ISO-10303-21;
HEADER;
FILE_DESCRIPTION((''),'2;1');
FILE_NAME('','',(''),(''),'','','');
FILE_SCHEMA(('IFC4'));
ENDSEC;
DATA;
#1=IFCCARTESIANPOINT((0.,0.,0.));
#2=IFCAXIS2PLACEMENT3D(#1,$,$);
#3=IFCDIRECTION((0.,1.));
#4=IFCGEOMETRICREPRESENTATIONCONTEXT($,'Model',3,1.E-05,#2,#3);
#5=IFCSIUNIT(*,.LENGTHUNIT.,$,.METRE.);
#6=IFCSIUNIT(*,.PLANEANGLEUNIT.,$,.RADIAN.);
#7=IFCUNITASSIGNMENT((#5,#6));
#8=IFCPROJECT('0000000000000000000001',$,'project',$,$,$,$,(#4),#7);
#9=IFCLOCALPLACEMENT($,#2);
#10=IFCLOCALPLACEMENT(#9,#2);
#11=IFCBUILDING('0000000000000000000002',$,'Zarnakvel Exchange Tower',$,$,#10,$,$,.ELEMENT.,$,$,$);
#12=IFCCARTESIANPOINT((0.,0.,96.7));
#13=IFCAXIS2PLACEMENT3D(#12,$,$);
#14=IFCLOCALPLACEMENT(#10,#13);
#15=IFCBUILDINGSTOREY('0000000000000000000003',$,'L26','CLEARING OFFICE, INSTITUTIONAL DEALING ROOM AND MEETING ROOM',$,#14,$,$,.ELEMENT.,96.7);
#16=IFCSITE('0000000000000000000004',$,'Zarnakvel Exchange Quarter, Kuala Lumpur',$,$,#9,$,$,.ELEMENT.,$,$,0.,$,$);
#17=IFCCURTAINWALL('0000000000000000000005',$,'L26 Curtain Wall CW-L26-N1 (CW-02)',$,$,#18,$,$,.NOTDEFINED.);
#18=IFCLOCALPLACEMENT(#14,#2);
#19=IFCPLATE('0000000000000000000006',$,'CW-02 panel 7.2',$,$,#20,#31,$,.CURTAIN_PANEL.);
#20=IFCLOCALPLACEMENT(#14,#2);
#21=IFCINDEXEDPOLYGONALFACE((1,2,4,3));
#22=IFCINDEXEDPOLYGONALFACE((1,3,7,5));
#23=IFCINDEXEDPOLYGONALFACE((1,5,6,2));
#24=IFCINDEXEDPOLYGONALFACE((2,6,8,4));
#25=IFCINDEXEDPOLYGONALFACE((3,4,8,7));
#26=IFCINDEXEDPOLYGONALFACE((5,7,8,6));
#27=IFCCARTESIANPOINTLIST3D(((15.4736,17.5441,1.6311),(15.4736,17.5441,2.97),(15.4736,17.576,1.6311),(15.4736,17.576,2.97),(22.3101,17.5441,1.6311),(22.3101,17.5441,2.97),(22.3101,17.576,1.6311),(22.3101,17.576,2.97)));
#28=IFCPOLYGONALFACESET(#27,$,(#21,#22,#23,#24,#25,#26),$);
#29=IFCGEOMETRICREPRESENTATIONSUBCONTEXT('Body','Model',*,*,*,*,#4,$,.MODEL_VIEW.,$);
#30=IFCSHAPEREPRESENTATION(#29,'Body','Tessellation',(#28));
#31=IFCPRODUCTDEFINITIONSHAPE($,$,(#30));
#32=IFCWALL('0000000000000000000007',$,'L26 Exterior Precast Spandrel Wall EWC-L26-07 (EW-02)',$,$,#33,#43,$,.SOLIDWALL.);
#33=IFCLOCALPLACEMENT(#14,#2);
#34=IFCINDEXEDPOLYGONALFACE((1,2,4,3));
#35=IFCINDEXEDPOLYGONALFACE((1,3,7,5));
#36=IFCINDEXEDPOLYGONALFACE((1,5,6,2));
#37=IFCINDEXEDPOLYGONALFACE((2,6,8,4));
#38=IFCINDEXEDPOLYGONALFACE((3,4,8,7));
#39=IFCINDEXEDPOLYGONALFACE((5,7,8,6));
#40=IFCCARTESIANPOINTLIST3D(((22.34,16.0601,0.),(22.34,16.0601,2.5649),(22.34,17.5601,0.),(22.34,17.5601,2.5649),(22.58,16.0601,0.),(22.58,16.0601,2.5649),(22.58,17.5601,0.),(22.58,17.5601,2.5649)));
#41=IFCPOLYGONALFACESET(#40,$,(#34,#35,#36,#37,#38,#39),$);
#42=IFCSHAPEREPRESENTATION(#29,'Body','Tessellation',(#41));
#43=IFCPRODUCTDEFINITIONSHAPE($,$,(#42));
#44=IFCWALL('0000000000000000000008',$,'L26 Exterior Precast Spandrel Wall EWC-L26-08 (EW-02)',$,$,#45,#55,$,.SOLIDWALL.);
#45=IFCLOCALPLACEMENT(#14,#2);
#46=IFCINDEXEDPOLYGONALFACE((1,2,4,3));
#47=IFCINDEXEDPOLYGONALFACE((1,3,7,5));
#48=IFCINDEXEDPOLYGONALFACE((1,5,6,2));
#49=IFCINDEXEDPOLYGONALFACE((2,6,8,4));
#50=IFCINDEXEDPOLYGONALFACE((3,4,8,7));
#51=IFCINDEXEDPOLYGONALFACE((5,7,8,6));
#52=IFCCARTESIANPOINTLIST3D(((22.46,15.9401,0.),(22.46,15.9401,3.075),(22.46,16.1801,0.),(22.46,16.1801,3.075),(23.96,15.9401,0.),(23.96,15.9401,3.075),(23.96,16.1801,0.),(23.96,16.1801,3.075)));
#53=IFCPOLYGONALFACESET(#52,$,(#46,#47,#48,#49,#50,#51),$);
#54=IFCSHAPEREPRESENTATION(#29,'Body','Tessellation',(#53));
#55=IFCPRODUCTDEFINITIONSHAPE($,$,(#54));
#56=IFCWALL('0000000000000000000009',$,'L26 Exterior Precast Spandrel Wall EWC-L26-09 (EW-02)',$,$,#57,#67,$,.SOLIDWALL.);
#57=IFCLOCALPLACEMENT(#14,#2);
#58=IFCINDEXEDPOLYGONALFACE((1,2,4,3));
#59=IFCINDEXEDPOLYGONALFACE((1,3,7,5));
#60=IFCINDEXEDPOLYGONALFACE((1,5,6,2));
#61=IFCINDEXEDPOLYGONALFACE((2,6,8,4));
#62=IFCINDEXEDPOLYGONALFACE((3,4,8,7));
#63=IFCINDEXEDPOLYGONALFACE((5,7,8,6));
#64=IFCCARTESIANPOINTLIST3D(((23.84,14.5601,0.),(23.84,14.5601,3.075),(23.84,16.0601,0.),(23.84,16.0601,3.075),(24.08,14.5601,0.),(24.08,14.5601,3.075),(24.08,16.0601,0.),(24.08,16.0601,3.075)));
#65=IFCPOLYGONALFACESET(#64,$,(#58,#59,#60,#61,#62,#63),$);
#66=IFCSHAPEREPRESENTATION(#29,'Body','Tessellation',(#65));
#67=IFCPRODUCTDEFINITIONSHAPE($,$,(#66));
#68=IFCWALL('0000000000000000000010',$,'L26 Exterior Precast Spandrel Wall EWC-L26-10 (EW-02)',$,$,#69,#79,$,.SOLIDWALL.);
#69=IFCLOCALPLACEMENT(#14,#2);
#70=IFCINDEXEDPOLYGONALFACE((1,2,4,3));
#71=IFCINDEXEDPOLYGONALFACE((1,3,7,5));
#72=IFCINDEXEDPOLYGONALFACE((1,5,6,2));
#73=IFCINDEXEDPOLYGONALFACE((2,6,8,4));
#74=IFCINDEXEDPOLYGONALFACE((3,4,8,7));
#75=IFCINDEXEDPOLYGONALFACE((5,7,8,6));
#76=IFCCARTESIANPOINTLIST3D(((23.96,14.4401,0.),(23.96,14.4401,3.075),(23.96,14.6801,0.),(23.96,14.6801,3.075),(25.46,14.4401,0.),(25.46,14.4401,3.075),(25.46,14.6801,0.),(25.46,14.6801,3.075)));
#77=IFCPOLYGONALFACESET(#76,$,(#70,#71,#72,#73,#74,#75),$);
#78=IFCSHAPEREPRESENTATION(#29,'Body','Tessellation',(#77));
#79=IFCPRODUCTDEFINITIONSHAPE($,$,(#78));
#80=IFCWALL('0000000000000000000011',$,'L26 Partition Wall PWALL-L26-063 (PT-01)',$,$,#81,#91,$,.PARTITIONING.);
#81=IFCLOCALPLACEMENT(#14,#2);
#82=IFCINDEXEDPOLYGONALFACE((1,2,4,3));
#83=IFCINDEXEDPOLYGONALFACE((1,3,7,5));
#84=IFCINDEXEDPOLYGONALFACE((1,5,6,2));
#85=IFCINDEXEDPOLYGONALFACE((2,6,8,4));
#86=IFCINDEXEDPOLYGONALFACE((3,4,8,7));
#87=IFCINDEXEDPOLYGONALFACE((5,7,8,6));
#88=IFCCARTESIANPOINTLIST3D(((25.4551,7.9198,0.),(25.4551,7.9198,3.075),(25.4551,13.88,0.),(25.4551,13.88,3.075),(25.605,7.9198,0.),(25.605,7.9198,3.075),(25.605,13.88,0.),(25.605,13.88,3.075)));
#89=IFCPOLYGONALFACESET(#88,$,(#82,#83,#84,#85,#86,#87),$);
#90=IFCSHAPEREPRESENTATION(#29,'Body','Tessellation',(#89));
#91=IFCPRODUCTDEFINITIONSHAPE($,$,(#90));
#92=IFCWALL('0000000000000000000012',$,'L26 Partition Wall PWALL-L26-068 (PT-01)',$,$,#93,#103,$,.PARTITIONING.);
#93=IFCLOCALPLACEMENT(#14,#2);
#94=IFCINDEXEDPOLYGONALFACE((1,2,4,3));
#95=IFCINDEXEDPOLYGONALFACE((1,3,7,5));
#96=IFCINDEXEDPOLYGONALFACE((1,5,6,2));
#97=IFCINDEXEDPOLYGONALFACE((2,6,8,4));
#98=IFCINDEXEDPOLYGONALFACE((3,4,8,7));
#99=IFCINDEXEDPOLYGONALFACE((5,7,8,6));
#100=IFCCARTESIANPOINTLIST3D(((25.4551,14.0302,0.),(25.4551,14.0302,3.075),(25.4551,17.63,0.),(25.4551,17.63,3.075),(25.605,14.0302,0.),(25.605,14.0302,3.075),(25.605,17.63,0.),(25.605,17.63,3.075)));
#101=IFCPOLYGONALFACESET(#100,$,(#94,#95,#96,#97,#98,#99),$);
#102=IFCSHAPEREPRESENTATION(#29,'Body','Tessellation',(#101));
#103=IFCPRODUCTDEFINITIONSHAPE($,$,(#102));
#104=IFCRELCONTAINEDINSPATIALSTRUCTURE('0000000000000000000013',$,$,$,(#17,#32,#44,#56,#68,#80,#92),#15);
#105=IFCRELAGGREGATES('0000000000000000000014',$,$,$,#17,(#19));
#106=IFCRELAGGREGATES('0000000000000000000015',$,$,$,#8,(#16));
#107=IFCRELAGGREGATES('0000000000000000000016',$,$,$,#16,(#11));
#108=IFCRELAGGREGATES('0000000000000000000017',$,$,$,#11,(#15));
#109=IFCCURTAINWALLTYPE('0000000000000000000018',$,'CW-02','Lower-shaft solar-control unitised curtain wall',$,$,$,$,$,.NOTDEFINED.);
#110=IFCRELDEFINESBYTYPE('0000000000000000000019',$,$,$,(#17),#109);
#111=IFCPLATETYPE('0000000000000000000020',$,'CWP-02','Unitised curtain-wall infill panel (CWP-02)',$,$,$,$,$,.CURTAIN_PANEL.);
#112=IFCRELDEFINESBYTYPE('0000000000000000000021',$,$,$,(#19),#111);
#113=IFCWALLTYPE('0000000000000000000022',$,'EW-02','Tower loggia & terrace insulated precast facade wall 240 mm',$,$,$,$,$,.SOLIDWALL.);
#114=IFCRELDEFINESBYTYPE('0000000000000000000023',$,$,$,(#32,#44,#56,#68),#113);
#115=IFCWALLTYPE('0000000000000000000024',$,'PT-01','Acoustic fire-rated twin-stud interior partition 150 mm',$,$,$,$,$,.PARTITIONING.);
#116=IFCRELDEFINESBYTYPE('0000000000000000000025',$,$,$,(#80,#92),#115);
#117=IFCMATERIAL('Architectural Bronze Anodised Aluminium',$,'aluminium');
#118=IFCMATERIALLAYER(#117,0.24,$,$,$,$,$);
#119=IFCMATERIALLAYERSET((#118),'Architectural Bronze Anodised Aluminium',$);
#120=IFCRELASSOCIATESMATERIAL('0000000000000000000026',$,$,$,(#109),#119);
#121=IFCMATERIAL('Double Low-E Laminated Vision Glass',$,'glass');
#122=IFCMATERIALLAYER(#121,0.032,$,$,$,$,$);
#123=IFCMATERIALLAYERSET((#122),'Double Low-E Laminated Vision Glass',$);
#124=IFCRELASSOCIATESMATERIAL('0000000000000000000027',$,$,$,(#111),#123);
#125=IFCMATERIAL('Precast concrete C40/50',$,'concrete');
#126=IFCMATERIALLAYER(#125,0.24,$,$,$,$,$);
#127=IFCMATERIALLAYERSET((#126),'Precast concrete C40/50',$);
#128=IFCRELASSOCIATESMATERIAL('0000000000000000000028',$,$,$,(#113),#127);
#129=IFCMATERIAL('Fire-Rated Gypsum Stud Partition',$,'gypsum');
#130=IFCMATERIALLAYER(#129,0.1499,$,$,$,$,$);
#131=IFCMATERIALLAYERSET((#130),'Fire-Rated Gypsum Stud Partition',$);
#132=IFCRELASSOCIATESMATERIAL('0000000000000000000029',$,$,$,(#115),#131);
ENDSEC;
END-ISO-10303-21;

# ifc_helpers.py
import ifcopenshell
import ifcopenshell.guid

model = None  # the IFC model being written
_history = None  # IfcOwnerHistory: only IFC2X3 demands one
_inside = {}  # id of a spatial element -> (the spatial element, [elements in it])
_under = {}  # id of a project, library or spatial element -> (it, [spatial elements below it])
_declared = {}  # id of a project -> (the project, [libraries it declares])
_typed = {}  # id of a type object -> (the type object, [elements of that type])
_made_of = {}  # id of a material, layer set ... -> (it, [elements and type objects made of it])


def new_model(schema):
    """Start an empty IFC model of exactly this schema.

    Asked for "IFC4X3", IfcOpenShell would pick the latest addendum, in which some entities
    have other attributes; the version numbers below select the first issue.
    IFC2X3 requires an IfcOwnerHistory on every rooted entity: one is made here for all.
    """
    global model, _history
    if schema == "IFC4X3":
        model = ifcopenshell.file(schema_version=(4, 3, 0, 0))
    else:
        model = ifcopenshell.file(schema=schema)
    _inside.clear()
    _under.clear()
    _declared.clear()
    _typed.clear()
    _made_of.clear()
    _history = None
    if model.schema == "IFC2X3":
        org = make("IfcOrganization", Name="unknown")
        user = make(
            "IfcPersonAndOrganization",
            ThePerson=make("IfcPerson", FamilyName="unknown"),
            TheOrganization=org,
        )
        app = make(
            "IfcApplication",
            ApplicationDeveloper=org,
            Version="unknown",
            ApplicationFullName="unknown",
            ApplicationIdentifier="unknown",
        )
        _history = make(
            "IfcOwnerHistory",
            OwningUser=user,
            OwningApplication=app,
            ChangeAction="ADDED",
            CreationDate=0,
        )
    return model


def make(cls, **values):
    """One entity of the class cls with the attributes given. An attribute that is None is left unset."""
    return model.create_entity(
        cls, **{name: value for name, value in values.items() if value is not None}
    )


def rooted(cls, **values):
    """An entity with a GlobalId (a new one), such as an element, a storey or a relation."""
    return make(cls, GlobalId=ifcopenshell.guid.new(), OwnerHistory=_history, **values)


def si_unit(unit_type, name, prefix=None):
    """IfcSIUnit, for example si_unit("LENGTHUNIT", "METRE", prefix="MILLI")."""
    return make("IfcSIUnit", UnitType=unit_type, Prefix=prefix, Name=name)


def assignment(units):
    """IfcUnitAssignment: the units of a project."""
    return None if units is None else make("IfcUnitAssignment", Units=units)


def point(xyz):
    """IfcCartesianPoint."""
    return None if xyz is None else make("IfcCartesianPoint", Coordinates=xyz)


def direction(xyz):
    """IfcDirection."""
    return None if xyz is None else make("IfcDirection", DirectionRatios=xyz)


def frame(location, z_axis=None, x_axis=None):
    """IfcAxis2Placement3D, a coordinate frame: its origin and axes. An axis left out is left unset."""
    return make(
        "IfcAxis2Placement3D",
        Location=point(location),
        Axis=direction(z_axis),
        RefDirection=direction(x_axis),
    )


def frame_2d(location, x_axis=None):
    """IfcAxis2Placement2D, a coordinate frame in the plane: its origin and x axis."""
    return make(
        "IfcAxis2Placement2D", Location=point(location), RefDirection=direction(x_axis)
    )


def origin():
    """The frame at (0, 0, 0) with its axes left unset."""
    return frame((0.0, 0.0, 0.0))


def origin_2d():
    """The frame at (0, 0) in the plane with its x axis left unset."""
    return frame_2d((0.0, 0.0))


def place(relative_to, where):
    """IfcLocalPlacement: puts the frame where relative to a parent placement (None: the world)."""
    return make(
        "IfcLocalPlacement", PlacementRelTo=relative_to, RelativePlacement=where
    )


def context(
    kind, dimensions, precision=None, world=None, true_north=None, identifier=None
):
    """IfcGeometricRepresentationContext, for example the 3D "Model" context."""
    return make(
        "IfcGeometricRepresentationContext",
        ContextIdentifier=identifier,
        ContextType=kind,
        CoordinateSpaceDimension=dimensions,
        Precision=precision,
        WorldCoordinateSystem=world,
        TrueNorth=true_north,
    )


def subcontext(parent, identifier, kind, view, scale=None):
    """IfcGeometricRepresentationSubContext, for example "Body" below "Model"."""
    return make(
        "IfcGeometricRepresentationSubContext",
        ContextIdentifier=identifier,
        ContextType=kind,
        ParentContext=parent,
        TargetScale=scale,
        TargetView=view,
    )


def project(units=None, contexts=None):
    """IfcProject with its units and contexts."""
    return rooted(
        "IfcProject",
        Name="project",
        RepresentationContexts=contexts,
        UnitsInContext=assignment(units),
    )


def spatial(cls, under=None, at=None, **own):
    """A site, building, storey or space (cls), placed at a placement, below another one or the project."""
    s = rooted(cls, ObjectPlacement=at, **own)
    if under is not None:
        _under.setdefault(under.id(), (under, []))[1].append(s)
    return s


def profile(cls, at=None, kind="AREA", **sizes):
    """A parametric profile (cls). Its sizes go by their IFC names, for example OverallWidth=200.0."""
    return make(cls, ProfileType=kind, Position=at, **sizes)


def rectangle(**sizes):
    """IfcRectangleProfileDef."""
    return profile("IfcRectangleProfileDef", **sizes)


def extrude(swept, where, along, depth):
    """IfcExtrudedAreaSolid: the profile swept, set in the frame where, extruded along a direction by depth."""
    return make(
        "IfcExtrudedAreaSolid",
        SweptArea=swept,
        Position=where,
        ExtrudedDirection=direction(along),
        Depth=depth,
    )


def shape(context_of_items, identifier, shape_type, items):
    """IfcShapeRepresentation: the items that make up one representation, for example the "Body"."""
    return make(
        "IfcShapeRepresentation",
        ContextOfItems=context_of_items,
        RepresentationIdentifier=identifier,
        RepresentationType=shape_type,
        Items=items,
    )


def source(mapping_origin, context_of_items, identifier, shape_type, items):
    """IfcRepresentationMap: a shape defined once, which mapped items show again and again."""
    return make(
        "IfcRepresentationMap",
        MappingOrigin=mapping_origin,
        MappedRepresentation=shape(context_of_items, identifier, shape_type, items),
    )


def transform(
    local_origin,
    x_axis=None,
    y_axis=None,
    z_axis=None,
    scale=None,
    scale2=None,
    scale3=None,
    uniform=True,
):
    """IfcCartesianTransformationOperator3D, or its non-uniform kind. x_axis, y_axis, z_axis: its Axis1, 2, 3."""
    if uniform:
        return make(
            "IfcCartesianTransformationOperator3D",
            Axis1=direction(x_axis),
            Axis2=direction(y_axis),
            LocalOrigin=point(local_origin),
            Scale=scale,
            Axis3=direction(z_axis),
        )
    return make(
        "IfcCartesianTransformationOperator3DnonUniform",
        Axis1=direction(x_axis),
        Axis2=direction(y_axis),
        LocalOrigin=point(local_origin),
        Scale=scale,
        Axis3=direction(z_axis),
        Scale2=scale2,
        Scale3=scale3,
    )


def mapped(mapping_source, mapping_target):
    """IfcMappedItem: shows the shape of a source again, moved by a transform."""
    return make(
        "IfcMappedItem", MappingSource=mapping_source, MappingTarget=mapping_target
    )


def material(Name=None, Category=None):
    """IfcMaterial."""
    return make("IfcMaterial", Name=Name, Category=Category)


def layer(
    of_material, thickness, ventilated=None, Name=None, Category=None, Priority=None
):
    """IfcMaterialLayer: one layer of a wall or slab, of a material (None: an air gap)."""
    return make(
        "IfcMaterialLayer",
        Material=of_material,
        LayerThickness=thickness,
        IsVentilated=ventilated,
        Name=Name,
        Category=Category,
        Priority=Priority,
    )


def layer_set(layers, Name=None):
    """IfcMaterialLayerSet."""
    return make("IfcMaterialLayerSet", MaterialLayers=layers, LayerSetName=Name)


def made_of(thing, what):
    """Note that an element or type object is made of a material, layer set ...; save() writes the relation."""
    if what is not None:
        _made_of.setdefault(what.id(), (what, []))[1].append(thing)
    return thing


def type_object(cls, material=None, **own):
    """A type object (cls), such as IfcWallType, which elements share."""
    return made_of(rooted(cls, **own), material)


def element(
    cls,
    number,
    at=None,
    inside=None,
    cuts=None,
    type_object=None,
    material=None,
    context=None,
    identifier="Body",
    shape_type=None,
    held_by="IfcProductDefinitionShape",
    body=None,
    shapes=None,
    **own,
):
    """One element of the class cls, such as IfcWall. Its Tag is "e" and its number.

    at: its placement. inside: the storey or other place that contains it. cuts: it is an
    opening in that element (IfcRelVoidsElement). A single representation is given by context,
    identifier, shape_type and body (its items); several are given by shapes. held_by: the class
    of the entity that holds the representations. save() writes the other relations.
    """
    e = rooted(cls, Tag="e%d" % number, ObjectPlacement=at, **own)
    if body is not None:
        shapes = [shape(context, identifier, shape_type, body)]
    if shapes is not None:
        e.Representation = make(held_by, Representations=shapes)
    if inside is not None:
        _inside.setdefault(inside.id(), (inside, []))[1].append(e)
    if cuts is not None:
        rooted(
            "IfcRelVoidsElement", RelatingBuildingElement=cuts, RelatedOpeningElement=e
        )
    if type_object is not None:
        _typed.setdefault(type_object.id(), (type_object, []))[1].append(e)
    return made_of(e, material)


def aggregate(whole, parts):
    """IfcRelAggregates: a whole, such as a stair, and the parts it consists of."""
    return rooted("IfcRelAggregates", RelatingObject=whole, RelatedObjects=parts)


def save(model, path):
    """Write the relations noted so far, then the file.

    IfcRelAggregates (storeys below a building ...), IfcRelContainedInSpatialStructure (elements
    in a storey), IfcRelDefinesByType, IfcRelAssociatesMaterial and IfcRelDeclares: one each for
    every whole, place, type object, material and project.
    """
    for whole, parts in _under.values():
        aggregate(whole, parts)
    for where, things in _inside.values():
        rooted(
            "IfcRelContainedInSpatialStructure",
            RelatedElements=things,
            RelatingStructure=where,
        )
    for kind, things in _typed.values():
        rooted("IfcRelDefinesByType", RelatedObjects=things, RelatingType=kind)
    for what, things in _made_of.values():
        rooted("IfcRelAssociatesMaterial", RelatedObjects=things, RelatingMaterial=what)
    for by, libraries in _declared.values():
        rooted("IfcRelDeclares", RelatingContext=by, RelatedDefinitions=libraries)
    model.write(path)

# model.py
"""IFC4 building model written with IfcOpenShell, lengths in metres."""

from ifc_helpers import new_model, si_unit, direction, frame, frame_2d, origin, origin_2d, place, context, subcontext, project, spatial, rectangle, extrude, source, transform, mapped, material, layer, layer_set, type_object, element, aggregate, save


model = new_model("IFC4")

# Units and contexts
model_context = context("Model", 3, precision=1e-05, world=origin(), true_north=direction((0.0, 1.0)))
body_context = subcontext(model_context, "Body", "Model", "MODEL_VIEW")
ifc_project = project(units=[si_unit("LENGTHUNIT", "METRE"), si_unit("PLANEANGLEUNIT", "RADIAN")], contexts=[model_context])

# Site, building, storey
site_placement = place(None, origin())
site = spatial("IfcSite", under=ifc_project, at=site_placement, Name="Zarnakvel Exchange Quarter, Kuala Lumpur", CompositionType="ELEMENT", RefElevation=0.0)
building_placement = place(site_placement, origin())
building = spatial("IfcBuilding", under=site, at=building_placement, Name="Zarnakvel Exchange Tower", CompositionType="ELEMENT")
storey_placement = place(building_placement, frame((0.0, 0.0, 96.7)))
storey = spatial("IfcBuildingStorey", under=building, at=storey_placement, Name="L26", Description="CLEARING OFFICE, INSTITUTIONAL DEALING ROOM AND MEETING ROOM", CompositionType="ELEMENT", Elevation=96.7)

# Curtain wall
ifc_material_1 = material(Name="Architectural Bronze Anodised Aluminium", Category="aluminium")
ifc_layer_1 = layer(ifc_material_1, 0.24)
ifc_layer_set_1 = layer_set([ifc_layer_1], Name="Architectural Bronze Anodised Aluminium")
curtain_wall_type_1 = type_object("IfcCurtainWallType", Name="CW-02", Description="Lower-shaft solar-control unitised curtain wall", PredefinedType="NOTDEFINED", material=ifc_layer_set_1)
curtain_wall_1_placement = place(storey_placement, origin())
curtain_wall_1 = element("IfcCurtainWall", 1, at=curtain_wall_1_placement, inside=storey, type_object=curtain_wall_type_1, Name="L26 Curtain Wall CW-L26-N1 (CW-02)", PredefinedType="NOTDEFINED")

# Plate
ifc_material_2 = material(Name="Double Low-E Laminated Vision Glass", Category="glass")
ifc_layer_2 = layer(ifc_material_2, 0.032)
ifc_layer_set_2 = layer_set([ifc_layer_2], Name="Double Low-E Laminated Vision Glass")
plate_type = type_object("IfcPlateType", Name="CWP-02", Description="Unitised curtain-wall infill panel (CWP-02)", PredefinedType="CURTAIN_PANEL", material=ifc_layer_set_2)
shared_shape_1 = source(origin(), body_context, "Body", "SweptSolid", [
    extrude(rectangle(XDim=6.8364, YDim=0.032, at=origin_2d()), origin(), (0.0, 0.0, 1.0), 1.3389),
])
plate_1_placement = place(storey_placement, frame((18.8918, 17.5601, 1.6311), z_axis=(0.0, 0.0, 1.0), x_axis=(1.0, 0.0, 0.0)))
plate_1 = element("IfcPlate", 2, at=plate_1_placement, type_object=plate_type, Name="CW-02 panel 7.2", PredefinedType="CURTAIN_PANEL", context=body_context, shape_type="MappedRepresentation", body=[
    mapped(shared_shape_1, transform((0.0, 0.0, 0.0), x_axis=(1.0, 0.0, 0.0), y_axis=(0.0, 1.0, 0.0), z_axis=(0.0, 0.0, 1.0), scale=1.0)),
])
aggregate(curtain_wall_1, [plate_1])

# Walls
ifc_material_3 = material(Name="Precast concrete C40/50", Category="concrete")
ifc_layer_3 = layer(ifc_material_3, 0.24)
ifc_layer_set_3 = layer_set([ifc_layer_3], Name="Precast concrete C40/50")
wall_type_1 = type_object("IfcWallType", Name="EW-02", Description="Tower loggia & terrace insulated precast facade wall 240 mm", PredefinedType="SOLIDWALL", material=ifc_layer_set_3)
wall_1_placement = place(storey_placement, frame((22.46, 16.0601, 0.0), z_axis=(0.0, 0.0, 1.0), x_axis=(0.0, 1.0, 0.0)))
element("IfcWall", 3, at=wall_1_placement, inside=storey, type_object=wall_type_1, Name="L26 Exterior Precast Spandrel Wall EWC-L26-07 (EW-02)", PredefinedType="SOLIDWALL", context=body_context, shape_type="SweptSolid", body=[
    extrude(rectangle(XDim=1.5, YDim=0.24, at=frame_2d((0.75, 0.0))), origin(), (0.0, 0.0, 1.0), 2.5649),
])
for number, where, z_axis, x_axis, name in (
    (4, (23.96, 16.0601, 0.0), (0.0, 0.0, 1.0), (-1.0, 0.0, 0.0), "L26 Exterior Precast Spandrel Wall EWC-L26-08 (EW-02)"),
    (5, (23.96, 14.5601, 0.0), (0.0, 0.0, 1.0), (0.0, 1.0, 0.0), "L26 Exterior Precast Spandrel Wall EWC-L26-09 (EW-02)"),
    (6, (25.46, 14.5601, 0.0), (0.0, 0.0, 1.0), (-1.0, 0.0, 0.0), "L26 Exterior Precast Spandrel Wall EWC-L26-10 (EW-02)"),
):
    element("IfcWall", number, at=place(storey_placement, frame(where, z_axis=z_axis, x_axis=x_axis)), inside=storey, type_object=wall_type_1, Name=name, PredefinedType="SOLIDWALL", context=body_context, shape_type="SweptSolid", body=[
        extrude(rectangle(XDim=1.5, YDim=0.24, at=frame_2d((0.75, 0.0))), origin(), (0.0, 0.0, 1.0), 3.075),
    ])

# Shared definitions
ifc_material_4 = material(Name="Fire-Rated Gypsum Stud Partition", Category="gypsum")
ifc_layer_4 = layer(ifc_material_4, 0.1499)
ifc_layer_set_4 = layer_set([ifc_layer_4], Name="Fire-Rated Gypsum Stud Partition")
wall_type_2 = type_object("IfcWallType", Name="PT-01", Description="Acoustic fire-rated twin-stud interior partition 150 mm", PredefinedType="PARTITIONING", material=ifc_layer_set_4)

# Walls
wall_2_placement = place(storey_placement, frame((25.53, 13.8799, 0.0), z_axis=(0.0, 0.0, 1.0), x_axis=(0.0, -1.0, 0.0)))
element("IfcWall", 7, at=wall_2_placement, inside=storey, type_object=wall_type_2, Name="L26 Partition Wall PWALL-L26-063 (PT-01)", PredefinedType="PARTITIONING", context=body_context, shape_type="SweptSolid", body=[
    extrude(rectangle(XDim=5.9602, YDim=0.1499, at=frame_2d((2.98, 0.0))), origin(), (0.0, 0.0, 1.0), 3.075),
])
wall_3_placement = place(storey_placement, frame((25.53, 17.6299, 0.0), z_axis=(0.0, 0.0, 1.0), x_axis=(0.0, -1.0, 0.0)))
element("IfcWall", 8, at=wall_3_placement, inside=storey, type_object=wall_type_2, Name="L26 Partition Wall PWALL-L26-068 (PT-01)", PredefinedType="PARTITIONING", context=body_context, shape_type="SweptSolid", body=[
    extrude(rectangle(XDim=3.5999, YDim=0.1499, at=frame_2d((1.7998, 0.0))), origin(), (0.0, 0.0, 1.0), 3.075),
])

save(model, "model.ifc")
